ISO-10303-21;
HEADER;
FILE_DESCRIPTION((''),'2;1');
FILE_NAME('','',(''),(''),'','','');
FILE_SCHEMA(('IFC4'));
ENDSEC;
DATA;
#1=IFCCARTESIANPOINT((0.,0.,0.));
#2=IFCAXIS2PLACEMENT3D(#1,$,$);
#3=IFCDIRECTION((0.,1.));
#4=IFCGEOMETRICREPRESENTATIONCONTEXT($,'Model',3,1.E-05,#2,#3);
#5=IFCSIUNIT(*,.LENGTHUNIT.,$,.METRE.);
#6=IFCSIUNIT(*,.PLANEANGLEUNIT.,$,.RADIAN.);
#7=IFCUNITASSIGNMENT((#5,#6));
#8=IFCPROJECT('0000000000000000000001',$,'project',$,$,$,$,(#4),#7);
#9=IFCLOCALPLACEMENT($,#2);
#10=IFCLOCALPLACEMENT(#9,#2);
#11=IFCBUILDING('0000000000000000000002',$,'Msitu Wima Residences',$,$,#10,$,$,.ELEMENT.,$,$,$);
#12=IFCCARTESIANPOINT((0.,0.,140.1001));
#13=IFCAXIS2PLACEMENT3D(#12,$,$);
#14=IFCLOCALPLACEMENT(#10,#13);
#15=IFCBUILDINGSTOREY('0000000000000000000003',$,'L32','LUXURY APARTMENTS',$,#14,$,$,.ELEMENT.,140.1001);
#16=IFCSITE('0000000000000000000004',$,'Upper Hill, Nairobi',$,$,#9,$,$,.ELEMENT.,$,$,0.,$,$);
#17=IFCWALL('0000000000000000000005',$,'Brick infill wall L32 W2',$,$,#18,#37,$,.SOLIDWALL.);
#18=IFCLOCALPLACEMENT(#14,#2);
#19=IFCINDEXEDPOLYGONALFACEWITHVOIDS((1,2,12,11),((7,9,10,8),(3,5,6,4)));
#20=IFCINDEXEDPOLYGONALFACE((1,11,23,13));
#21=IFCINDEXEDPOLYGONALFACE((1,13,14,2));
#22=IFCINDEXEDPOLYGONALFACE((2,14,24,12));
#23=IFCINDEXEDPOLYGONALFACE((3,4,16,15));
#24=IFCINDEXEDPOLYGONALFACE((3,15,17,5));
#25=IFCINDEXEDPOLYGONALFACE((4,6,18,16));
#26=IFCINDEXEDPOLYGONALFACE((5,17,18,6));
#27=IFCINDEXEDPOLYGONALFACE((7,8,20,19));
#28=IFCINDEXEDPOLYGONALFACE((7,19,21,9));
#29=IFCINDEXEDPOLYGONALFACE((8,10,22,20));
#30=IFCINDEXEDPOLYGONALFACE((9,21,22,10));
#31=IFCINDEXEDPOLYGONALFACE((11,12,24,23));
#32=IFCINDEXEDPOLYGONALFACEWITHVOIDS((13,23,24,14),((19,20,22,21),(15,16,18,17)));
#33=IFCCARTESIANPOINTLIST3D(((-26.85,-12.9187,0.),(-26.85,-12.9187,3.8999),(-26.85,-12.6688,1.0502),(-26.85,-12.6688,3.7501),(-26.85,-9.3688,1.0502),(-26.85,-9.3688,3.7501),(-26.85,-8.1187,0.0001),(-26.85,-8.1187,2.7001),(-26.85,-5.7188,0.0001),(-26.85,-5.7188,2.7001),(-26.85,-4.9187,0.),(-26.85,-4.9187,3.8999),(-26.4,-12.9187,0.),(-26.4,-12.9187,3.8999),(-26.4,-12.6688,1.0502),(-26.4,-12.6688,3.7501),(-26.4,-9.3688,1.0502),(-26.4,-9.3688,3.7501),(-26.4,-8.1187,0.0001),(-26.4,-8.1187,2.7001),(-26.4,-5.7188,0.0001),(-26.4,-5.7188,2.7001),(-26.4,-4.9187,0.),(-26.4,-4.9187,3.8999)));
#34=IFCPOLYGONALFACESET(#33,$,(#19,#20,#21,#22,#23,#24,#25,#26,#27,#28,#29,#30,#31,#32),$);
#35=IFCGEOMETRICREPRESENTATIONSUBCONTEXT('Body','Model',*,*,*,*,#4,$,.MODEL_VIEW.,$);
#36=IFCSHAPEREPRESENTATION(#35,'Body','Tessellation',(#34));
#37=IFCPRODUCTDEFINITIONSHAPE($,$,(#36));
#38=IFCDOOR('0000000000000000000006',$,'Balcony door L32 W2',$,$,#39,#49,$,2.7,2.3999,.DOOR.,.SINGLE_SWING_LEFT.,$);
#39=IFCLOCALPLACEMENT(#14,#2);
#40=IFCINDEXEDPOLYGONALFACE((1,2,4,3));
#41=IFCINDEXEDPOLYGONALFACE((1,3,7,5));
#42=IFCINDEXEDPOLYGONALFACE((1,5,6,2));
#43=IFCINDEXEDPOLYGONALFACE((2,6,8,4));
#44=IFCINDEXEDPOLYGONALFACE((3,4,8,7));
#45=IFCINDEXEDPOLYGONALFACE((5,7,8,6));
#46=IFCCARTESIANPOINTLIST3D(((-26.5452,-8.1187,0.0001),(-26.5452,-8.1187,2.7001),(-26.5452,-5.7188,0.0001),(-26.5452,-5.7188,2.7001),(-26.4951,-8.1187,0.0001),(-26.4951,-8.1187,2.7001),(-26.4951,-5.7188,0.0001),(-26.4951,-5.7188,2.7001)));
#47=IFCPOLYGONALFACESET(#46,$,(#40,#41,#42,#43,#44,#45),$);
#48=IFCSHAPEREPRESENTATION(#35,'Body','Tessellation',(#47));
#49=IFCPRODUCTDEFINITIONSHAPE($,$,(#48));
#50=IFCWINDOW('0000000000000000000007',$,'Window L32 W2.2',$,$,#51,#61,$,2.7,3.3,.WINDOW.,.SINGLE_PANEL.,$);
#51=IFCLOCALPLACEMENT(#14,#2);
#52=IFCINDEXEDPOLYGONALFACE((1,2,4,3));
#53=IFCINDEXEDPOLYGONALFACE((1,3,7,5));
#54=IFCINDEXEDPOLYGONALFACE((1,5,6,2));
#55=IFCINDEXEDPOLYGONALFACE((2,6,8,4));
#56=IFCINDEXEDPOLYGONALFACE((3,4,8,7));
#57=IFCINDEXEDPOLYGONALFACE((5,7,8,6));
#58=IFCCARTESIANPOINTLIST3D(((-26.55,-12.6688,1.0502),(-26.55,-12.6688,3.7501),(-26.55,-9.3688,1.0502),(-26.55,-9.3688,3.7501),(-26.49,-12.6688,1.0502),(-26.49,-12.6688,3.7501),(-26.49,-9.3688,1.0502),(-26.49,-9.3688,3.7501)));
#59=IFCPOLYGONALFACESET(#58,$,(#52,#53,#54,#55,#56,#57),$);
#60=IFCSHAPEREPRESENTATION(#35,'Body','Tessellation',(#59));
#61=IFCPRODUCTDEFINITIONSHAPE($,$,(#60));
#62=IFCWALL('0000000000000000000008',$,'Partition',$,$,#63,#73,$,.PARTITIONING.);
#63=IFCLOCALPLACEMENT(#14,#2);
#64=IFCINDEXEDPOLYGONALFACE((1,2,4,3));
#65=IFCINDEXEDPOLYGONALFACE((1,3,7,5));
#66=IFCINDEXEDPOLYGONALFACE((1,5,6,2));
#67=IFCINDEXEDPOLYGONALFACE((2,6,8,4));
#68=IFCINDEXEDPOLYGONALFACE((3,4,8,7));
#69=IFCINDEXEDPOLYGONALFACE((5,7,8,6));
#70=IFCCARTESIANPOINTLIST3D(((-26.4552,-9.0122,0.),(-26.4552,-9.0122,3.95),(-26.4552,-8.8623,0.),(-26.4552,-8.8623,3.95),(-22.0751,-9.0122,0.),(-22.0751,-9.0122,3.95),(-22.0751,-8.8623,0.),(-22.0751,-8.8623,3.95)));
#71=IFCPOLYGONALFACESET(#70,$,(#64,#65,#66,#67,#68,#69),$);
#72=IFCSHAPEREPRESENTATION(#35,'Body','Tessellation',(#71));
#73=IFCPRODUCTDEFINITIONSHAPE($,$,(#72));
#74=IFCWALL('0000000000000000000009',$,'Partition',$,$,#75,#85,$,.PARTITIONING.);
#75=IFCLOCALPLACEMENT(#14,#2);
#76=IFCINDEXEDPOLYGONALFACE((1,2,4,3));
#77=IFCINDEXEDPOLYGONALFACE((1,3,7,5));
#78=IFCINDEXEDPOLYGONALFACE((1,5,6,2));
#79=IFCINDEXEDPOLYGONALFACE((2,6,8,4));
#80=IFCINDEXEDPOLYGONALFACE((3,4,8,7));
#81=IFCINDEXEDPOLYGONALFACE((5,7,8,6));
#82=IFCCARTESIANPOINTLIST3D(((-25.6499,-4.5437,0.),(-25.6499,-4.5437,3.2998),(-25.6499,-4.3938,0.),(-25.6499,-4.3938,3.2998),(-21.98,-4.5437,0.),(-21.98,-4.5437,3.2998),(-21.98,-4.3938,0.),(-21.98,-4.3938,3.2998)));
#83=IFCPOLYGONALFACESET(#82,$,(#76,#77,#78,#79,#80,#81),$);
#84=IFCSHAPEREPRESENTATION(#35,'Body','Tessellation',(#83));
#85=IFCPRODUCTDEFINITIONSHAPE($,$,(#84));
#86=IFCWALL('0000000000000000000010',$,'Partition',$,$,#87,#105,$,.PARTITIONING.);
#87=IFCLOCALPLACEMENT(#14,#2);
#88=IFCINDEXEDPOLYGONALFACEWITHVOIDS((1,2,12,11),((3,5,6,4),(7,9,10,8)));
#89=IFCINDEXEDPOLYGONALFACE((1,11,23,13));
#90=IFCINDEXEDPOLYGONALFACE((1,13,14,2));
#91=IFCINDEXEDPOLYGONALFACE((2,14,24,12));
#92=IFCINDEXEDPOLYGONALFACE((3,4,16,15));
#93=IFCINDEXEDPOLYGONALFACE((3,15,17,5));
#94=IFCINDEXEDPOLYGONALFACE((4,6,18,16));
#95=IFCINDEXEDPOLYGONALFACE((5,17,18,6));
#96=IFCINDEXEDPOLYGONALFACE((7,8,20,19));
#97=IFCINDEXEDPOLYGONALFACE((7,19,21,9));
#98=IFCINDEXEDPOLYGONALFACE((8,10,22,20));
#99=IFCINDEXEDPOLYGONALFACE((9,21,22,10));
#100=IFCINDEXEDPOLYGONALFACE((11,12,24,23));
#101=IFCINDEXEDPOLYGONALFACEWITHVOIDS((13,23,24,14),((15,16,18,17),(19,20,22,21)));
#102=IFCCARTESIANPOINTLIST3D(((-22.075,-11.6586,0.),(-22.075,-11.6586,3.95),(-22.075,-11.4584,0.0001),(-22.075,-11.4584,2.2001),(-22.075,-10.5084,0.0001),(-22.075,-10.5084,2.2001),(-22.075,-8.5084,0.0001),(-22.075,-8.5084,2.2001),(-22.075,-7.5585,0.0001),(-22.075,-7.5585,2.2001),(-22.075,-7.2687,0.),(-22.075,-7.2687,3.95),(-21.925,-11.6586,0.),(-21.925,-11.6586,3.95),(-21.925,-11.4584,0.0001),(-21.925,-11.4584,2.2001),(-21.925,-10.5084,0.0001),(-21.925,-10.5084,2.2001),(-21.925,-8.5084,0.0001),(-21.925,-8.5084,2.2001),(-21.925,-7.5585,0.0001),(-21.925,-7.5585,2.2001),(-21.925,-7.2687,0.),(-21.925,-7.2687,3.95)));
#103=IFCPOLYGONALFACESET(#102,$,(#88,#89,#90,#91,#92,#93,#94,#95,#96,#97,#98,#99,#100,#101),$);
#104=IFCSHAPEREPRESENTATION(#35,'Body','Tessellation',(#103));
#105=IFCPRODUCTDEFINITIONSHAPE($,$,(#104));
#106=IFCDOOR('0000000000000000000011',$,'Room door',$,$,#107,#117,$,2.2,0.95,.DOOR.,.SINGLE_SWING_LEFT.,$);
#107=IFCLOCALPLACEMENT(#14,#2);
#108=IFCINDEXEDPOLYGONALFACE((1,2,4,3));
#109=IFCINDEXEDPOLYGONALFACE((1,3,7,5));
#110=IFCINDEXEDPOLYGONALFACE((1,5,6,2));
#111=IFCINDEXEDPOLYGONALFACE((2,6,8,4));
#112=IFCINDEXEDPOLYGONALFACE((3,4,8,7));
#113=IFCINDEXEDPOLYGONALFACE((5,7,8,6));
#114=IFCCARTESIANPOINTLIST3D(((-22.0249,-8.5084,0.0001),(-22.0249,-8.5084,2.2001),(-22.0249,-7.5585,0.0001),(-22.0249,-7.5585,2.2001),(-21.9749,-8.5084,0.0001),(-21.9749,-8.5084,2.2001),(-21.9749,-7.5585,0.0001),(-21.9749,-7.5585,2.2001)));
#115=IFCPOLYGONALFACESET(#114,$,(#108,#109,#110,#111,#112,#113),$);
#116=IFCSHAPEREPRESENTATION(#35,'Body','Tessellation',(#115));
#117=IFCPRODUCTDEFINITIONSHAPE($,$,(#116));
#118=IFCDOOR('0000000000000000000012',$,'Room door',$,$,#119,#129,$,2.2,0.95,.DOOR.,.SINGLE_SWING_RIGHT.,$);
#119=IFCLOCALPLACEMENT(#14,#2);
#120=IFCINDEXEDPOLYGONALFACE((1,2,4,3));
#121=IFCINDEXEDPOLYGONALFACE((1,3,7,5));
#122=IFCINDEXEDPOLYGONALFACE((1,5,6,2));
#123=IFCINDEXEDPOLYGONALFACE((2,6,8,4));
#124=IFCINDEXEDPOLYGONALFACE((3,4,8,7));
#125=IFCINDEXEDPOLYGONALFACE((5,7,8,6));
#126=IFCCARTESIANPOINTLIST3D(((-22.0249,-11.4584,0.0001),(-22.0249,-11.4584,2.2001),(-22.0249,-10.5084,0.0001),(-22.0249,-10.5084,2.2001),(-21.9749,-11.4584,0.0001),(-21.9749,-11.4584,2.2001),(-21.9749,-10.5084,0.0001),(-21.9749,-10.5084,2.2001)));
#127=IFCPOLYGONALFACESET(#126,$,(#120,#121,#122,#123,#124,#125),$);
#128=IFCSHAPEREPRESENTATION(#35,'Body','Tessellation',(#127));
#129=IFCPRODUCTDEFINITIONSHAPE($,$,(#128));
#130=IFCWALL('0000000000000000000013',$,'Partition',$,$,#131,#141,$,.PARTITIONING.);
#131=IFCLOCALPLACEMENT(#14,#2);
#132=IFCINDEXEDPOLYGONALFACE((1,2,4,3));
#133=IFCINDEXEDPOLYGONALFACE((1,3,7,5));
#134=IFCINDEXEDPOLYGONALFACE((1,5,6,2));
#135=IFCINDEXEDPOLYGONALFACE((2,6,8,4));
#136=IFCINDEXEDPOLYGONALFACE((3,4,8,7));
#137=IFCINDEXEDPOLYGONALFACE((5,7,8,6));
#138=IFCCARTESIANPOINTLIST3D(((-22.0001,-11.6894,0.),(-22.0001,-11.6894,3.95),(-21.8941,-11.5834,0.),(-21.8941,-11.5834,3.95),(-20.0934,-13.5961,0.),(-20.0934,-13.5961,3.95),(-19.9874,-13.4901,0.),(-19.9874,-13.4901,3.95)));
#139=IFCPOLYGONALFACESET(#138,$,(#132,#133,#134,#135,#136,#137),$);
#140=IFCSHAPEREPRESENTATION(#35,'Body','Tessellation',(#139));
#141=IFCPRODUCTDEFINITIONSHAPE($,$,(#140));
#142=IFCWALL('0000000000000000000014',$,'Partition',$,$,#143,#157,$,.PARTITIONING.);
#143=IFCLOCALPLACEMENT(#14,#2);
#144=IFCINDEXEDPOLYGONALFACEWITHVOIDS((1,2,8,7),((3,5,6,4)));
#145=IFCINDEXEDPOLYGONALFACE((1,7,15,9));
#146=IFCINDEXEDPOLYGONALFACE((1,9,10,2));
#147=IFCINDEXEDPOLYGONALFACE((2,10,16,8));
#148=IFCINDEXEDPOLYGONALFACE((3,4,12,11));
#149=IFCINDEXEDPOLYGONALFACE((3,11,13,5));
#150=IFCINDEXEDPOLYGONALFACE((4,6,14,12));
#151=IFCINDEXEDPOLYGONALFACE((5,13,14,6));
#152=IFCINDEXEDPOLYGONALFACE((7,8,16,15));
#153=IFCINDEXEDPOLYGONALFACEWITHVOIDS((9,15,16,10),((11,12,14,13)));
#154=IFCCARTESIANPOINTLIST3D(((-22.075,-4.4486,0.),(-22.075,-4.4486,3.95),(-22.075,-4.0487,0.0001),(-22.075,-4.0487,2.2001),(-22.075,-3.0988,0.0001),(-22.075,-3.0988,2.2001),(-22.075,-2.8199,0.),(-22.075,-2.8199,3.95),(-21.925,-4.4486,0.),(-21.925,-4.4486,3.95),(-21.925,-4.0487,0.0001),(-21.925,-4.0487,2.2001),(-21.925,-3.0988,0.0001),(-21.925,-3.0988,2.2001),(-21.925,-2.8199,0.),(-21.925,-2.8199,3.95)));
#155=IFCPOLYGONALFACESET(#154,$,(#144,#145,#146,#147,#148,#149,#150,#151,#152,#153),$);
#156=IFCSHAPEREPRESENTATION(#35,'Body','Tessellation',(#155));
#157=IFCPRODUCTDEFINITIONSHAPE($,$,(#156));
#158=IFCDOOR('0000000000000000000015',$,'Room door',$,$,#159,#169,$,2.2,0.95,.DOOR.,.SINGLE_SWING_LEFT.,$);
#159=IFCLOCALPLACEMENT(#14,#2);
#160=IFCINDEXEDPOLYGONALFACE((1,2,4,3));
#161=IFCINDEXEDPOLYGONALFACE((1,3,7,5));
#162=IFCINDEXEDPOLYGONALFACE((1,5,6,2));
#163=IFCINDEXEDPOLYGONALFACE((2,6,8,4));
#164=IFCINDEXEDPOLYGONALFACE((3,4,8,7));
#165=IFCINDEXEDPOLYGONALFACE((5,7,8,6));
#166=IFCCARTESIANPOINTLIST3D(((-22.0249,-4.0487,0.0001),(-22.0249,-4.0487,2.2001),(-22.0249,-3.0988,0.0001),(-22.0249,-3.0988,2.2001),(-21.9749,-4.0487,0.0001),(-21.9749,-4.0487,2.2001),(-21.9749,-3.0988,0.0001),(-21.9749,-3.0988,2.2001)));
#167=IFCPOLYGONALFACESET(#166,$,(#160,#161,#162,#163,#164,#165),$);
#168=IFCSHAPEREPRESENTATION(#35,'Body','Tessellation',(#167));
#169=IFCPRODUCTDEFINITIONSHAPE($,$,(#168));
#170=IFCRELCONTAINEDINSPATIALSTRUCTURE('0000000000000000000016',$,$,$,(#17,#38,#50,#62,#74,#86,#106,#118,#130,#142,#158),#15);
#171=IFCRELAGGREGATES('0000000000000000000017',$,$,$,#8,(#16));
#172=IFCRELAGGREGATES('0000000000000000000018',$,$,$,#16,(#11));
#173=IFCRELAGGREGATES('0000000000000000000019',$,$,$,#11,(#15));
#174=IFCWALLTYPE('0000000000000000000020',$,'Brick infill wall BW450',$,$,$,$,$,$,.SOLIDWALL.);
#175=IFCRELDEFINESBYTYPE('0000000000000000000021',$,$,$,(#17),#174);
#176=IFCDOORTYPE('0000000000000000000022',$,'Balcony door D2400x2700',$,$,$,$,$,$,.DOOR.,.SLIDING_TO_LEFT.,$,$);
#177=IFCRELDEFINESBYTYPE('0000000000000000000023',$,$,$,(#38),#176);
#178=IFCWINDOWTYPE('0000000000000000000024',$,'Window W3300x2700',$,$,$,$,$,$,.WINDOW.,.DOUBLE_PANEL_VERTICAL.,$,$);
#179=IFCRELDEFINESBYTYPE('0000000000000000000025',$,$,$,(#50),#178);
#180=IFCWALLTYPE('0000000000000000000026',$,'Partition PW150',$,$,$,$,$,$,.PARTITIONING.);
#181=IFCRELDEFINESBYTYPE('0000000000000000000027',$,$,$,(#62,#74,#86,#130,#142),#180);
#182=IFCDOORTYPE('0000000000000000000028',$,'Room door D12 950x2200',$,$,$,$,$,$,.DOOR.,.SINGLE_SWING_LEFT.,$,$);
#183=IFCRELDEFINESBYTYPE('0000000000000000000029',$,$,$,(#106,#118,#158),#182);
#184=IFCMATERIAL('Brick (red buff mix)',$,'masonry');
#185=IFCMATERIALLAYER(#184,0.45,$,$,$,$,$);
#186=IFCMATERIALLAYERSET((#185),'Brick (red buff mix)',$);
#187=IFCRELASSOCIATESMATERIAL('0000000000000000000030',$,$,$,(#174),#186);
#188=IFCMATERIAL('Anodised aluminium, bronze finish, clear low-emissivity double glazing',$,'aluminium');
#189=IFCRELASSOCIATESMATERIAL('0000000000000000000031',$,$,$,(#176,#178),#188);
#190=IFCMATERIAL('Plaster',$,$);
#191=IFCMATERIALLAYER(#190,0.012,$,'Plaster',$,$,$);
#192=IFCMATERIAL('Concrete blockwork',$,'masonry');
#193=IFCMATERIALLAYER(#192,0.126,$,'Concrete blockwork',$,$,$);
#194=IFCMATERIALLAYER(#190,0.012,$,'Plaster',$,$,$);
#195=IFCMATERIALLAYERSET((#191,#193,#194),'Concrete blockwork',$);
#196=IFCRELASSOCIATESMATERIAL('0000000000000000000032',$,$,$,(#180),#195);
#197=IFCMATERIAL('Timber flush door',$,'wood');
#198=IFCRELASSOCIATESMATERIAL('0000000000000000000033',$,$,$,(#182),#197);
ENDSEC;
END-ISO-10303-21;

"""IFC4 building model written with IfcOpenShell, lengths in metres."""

from ifc_helpers import new_model, si_unit, direction, frame, frame_2d, origin, place, context, subcontext, project, spatial, rectangle, extrude, material, layer, layer_set, type_object, element, fill, save


model = new_model("IFC4")

# Units and contexts
model_context = context("Model", 3, precision=1e-05, world=origin(), true_north=direction((0.0, 1.0)))
body_context = subcontext(model_context, "Body", "Model", "MODEL_VIEW")
ifc_project = project(units=[si_unit("LENGTHUNIT", "METRE"), si_unit("PLANEANGLEUNIT", "RADIAN")], contexts=[model_context])

# Site, building, storey
site_placement = place(None, origin())
site = spatial("IfcSite", under=ifc_project, at=site_placement, Name="Upper Hill, Nairobi", CompositionType="ELEMENT", RefElevation=0.0)
building_placement = place(site_placement, origin())
building = spatial("IfcBuilding", under=site, at=building_placement, Name="Msitu Wima Residences", CompositionType="ELEMENT")
storey_placement = place(building_placement, frame((0.0, 0.0, 140.1001)))
storey = spatial("IfcBuildingStorey", under=building, at=storey_placement, Name="L32", Description="LUXURY APARTMENTS", CompositionType="ELEMENT", Elevation=140.1001)

# Wall, openings, door, window
ifc_material_1 = material(Name="Brick (red buff mix)", Category="masonry")
ifc_layer_1 = layer(ifc_material_1, 0.45)
ifc_layer_set_1 = layer_set([ifc_layer_1], Name="Brick (red buff mix)")
wall_type_1 = type_object("IfcWallType", Name="Brick infill wall BW450", PredefinedType="SOLIDWALL", material=ifc_layer_set_1)
wall_1_placement = place(storey_placement, frame((-26.625, -4.9187, 0.0), z_axis=(0.0, 0.0, 1.0), x_axis=(0.0, -1.0, 0.0)))
wall_1 = element("IfcWall", 1, at=wall_1_placement, inside=storey, type_object=wall_type_1, Name="Brick infill wall L32 W2", PredefinedType="SOLIDWALL", context=body_context, shape_type="SweptSolid", body=[
    extrude(rectangle(XDim=8.0, YDim=0.45, at=frame_2d((4.0, 0.0))), origin(), (0.0, 0.0, 1.0), 3.8999),
])
opening_1_placement = place(wall_1_placement, frame((0.8, 0.0, 0.0)))
opening_1 = element("IfcOpeningElement", 2, at=opening_1_placement, cuts=wall_1, PredefinedType="OPENING", context=body_context, shape_type="SweptSolid", body=[
    extrude(rectangle(XDim=2.3999, YDim=2.7, at=frame_2d((1.2, 1.3501))), frame((0.0, 0.2349, 0.0), z_axis=(0.0, -1.0, 0.0), x_axis=(1.0, 0.0, 0.0)), (0.0, 0.0, 1.0), 0.47),
])
opening_2_placement = place(wall_1_placement, frame((4.4502, 0.0, 1.05)))
opening_2 = element("IfcOpeningElement", 3, at=opening_2_placement, cuts=wall_1, PredefinedType="OPENING", context=body_context, shape_type="SweptSolid", body=[
    extrude(rectangle(XDim=3.3, YDim=2.7, at=frame_2d((1.6499, 1.3501))), frame((0.0, 0.2349, 0.0), z_axis=(0.0, -1.0, 0.0), x_axis=(1.0, 0.0, 0.0)), (0.0, 0.0, 1.0), 0.47),
])
ifc_material_2 = material(Name="Anodised aluminium, bronze finish, clear low-emissivity double glazing", Category="aluminium")
door_type_1 = type_object("IfcDoorType", Name="Balcony door D2400x2700", OperationType="SLIDING_TO_LEFT", PredefinedType="DOOR", material=ifc_material_2)
door_1_placement = place(opening_1_placement, origin())
door_1 = element("IfcDoor", 4, at=door_1_placement, inside=storey, type_object=door_type_1, Name="Balcony door L32 W2", OperationType="SINGLE_SWING_LEFT", OverallHeight=2.7, OverallWidth=2.3999, PredefinedType="DOOR", context=body_context, shape_type="SweptSolid", body=[
    extrude(rectangle(XDim=2.3999, YDim=2.7, at=frame_2d((1.2, 1.3501))), frame((0.0, 0.1299, 0.0), z_axis=(0.0, -1.0, 0.0), x_axis=(1.0, 0.0, 0.0)), (0.0, 0.0, 1.0), 0.05),
])
fill(opening_1, door_1)
window_type = type_object("IfcWindowType", Name="Window W3300x2700", PartitioningType="DOUBLE_PANEL_VERTICAL", PredefinedType="WINDOW", material=ifc_material_2)
window_placement = place(opening_2_placement, origin())
window = element("IfcWindow", 5, at=window_placement, inside=storey, type_object=window_type, Name="Window L32 W2.2", OverallHeight=2.7, OverallWidth=3.3, PartitioningType="SINGLE_PANEL", PredefinedType="WINDOW", context=body_context, shape_type="SweptSolid", body=[
    extrude(rectangle(XDim=3.3, YDim=2.7, at=frame_2d((1.6499, 1.3501))), frame((0.0, 0.135, 0.0), z_axis=(0.0, -1.0, 0.0), x_axis=(1.0, 0.0, 0.0)), (0.0, 0.0, 1.0), 0.0601),
])
fill(opening_2, window)

# Walls
ifc_material_3 = material(Name="Plaster")
ifc_layer_2 = layer(ifc_material_3, 0.012, Name="Plaster")
ifc_material_4 = material(Name="Concrete blockwork", Category="masonry")
ifc_layer_3 = layer(ifc_material_4, 0.126, Name="Concrete blockwork")
ifc_layer_4 = layer(ifc_material_3, 0.012, Name="Plaster")
ifc_layer_set_2 = layer_set([ifc_layer_2, ifc_layer_3, ifc_layer_4], Name="Concrete blockwork")
wall_type_2 = type_object("IfcWallType", Name="Partition PW150", PredefinedType="PARTITIONING", material=ifc_layer_set_2)
wall_2_placement = place(storey_placement, frame((-26.4551, -8.9373, 0.0), z_axis=(0.0, 0.0, 1.0), x_axis=(1.0, 0.0, 0.0)))
element("IfcWall", 6, at=wall_2_placement, inside=storey, type_object=wall_type_2, Name="Partition", PredefinedType="PARTITIONING", context=body_context, shape_type="SweptSolid", body=[
    extrude(rectangle(XDim=4.3801, YDim=0.1499, at=frame_2d((2.1899, 0.0))), origin(), (0.0, 0.0, 1.0), 3.95),
])
wall_3_placement = place(storey_placement, frame((-25.6499, -4.4688, 0.0), z_axis=(0.0, 0.0, 1.0), x_axis=(1.0, 0.0, 0.0)))
element("IfcWall", 7, at=wall_3_placement, inside=storey, type_object=wall_type_2, Name="Partition", PredefinedType="PARTITIONING", context=body_context, shape_type="SweptSolid", body=[
    extrude(rectangle(XDim=3.6699, YDim=0.1499, at=frame_2d((1.835, 0.0))), origin(), (0.0, 0.0, 1.0), 3.2998),
])

# Wall, openings, doors
wall_4_placement = place(storey_placement, frame((-22.0, -11.6584, 0.0), z_axis=(0.0, 0.0, 1.0), x_axis=(0.0, 1.0, 0.0)))
wall_4 = element("IfcWall", 8, at=wall_4_placement, inside=storey, type_object=wall_type_2, Name="Partition", PredefinedType="PARTITIONING", context=body_context, shape_type="SweptSolid", body=[
    extrude(rectangle(XDim=4.3899, YDim=0.1499, at=frame_2d((2.1948, 0.0))), origin(), (0.0, 0.0, 1.0), 3.95),
])
opening_3_placement = place(wall_4_placement, frame((3.1499, 0.0, 0.0)))
opening_3 = element("IfcOpeningElement", 9, at=opening_3_placement, cuts=wall_4, PredefinedType="OPENING", context=body_context, shape_type="SweptSolid", body=[
    extrude(rectangle(XDim=0.95, YDim=2.2, at=frame_2d((0.4751, 1.1001))), frame((0.0, 0.085, 0.0), z_axis=(0.0, -1.0, 0.0), x_axis=(1.0, 0.0, 0.0)), (0.0, 0.0, 1.0), 0.1699),
])
opening_4_placement = place(wall_4_placement, frame((0.2, 0.0, 0.0)))
opening_4 = element("IfcOpeningElement", 10, at=opening_4_placement, cuts=wall_4, PredefinedType="OPENING", context=body_context, shape_type="SweptSolid", body=[
    extrude(rectangle(XDim=0.95, YDim=2.2, at=frame_2d((0.4751, 1.1001))), frame((0.0, 0.085, 0.0), z_axis=(0.0, -1.0, 0.0), x_axis=(1.0, 0.0, 0.0)), (0.0, 0.0, 1.0), 0.1699),
])
ifc_material_5 = material(Name="Timber flush door", Category="wood")
door_type_2 = type_object("IfcDoorType", Name="Room door D12 950x2200", OperationType="SINGLE_SWING_LEFT", PredefinedType="DOOR", material=ifc_material_5)
door_2_placement = place(opening_3_placement, origin())
door_2 = element("IfcDoor", 11, at=door_2_placement, inside=storey, type_object=door_type_2, Name="Room door", OperationType="SINGLE_SWING_LEFT", OverallHeight=2.2, OverallWidth=0.95, PredefinedType="DOOR", context=body_context, shape_type="SweptSolid", body=[
    extrude(rectangle(XDim=0.95, YDim=2.2, at=frame_2d((0.4751, 1.1001))), frame((0.0, 0.0249, 0.0), z_axis=(0.0, -1.0, 0.0), x_axis=(1.0, 0.0, 0.0)), (0.0, 0.0, 1.0), 0.05),
])
fill(opening_3, door_2)
door_3_placement = place(opening_4_placement, origin())
door_3 = element("IfcDoor", 12, at=door_3_placement, inside=storey, type_object=door_type_2, Name="Room door", OperationType="SINGLE_SWING_RIGHT", OverallHeight=2.2, OverallWidth=0.95, PredefinedType="DOOR", context=body_context, shape_type="SweptSolid", body=[
    extrude(rectangle(XDim=0.95, YDim=2.2, at=frame_2d((0.4751, 1.1001))), frame((0.0, 0.0249, 0.0), z_axis=(0.0, -1.0, 0.0), x_axis=(1.0, 0.0, 0.0)), (0.0, 0.0, 1.0), 0.05),
])
fill(opening_4, door_3)

# Wall
wall_5_placement = place(storey_placement, frame((-21.947, -11.6365, 0.0), z_axis=(0.0, 0.0, 1.0), x_axis=(0.707107, -0.707107, 0.0)))
element("IfcWall", 13, at=wall_5_placement, inside=storey, type_object=wall_type_2, Name="Partition", PredefinedType="PARTITIONING", context=body_context, shape_type="SweptSolid", body=[
    extrude(rectangle(XDim=2.6965, YDim=0.1499, at=frame_2d((1.3481, 0.0))), origin(), (0.0, 0.0, 1.0), 3.95),
])

# Wall, opening, door
wall_6_placement = place(storey_placement, frame((-22.0, -4.4487, 0.0), z_axis=(0.0, 0.0, 1.0), x_axis=(0.0, 1.0, 0.0)))
wall_6 = element("IfcWall", 14, at=wall_6_placement, inside=storey, type_object=wall_type_2, Name="Partition", PredefinedType="PARTITIONING", context=body_context, shape_type="SweptSolid", body=[
    extrude(rectangle(XDim=1.6287, YDim=0.1499, at=frame_2d((0.8145, 0.0))), origin(), (0.0, 0.0, 1.0), 3.95),
])
opening_5_placement = place(wall_6_placement, frame((0.3999, 0.0, 0.0)))
opening_5 = element("IfcOpeningElement", 15, at=opening_5_placement, cuts=wall_6, PredefinedType="OPENING", context=body_context, shape_type="SweptSolid", body=[
    extrude(rectangle(XDim=0.95, YDim=2.2, at=frame_2d((0.4751, 1.1001))), frame((0.0, 0.085, 0.0), z_axis=(0.0, -1.0, 0.0), x_axis=(1.0, 0.0, 0.0)), (0.0, 0.0, 1.0), 0.1699),
])
door_4_placement = place(opening_5_placement, origin())
door_4 = element("IfcDoor", 16, at=door_4_placement, inside=storey, type_object=door_type_2, Name="Room door", OperationType="SINGLE_SWING_LEFT", OverallHeight=2.2, OverallWidth=0.95, PredefinedType="DOOR", context=body_context, shape_type="SweptSolid", body=[
    extrude(rectangle(XDim=0.95, YDim=2.2, at=frame_2d((0.4751, 1.1001))), frame((0.0, 0.0249, 0.0), z_axis=(0.0, -1.0, 0.0), x_axis=(1.0, 0.0, 0.0)), (0.0, 0.0, 1.0), 0.05),
])
fill(opening_5, door_4)

save(model, "model.ifc")
